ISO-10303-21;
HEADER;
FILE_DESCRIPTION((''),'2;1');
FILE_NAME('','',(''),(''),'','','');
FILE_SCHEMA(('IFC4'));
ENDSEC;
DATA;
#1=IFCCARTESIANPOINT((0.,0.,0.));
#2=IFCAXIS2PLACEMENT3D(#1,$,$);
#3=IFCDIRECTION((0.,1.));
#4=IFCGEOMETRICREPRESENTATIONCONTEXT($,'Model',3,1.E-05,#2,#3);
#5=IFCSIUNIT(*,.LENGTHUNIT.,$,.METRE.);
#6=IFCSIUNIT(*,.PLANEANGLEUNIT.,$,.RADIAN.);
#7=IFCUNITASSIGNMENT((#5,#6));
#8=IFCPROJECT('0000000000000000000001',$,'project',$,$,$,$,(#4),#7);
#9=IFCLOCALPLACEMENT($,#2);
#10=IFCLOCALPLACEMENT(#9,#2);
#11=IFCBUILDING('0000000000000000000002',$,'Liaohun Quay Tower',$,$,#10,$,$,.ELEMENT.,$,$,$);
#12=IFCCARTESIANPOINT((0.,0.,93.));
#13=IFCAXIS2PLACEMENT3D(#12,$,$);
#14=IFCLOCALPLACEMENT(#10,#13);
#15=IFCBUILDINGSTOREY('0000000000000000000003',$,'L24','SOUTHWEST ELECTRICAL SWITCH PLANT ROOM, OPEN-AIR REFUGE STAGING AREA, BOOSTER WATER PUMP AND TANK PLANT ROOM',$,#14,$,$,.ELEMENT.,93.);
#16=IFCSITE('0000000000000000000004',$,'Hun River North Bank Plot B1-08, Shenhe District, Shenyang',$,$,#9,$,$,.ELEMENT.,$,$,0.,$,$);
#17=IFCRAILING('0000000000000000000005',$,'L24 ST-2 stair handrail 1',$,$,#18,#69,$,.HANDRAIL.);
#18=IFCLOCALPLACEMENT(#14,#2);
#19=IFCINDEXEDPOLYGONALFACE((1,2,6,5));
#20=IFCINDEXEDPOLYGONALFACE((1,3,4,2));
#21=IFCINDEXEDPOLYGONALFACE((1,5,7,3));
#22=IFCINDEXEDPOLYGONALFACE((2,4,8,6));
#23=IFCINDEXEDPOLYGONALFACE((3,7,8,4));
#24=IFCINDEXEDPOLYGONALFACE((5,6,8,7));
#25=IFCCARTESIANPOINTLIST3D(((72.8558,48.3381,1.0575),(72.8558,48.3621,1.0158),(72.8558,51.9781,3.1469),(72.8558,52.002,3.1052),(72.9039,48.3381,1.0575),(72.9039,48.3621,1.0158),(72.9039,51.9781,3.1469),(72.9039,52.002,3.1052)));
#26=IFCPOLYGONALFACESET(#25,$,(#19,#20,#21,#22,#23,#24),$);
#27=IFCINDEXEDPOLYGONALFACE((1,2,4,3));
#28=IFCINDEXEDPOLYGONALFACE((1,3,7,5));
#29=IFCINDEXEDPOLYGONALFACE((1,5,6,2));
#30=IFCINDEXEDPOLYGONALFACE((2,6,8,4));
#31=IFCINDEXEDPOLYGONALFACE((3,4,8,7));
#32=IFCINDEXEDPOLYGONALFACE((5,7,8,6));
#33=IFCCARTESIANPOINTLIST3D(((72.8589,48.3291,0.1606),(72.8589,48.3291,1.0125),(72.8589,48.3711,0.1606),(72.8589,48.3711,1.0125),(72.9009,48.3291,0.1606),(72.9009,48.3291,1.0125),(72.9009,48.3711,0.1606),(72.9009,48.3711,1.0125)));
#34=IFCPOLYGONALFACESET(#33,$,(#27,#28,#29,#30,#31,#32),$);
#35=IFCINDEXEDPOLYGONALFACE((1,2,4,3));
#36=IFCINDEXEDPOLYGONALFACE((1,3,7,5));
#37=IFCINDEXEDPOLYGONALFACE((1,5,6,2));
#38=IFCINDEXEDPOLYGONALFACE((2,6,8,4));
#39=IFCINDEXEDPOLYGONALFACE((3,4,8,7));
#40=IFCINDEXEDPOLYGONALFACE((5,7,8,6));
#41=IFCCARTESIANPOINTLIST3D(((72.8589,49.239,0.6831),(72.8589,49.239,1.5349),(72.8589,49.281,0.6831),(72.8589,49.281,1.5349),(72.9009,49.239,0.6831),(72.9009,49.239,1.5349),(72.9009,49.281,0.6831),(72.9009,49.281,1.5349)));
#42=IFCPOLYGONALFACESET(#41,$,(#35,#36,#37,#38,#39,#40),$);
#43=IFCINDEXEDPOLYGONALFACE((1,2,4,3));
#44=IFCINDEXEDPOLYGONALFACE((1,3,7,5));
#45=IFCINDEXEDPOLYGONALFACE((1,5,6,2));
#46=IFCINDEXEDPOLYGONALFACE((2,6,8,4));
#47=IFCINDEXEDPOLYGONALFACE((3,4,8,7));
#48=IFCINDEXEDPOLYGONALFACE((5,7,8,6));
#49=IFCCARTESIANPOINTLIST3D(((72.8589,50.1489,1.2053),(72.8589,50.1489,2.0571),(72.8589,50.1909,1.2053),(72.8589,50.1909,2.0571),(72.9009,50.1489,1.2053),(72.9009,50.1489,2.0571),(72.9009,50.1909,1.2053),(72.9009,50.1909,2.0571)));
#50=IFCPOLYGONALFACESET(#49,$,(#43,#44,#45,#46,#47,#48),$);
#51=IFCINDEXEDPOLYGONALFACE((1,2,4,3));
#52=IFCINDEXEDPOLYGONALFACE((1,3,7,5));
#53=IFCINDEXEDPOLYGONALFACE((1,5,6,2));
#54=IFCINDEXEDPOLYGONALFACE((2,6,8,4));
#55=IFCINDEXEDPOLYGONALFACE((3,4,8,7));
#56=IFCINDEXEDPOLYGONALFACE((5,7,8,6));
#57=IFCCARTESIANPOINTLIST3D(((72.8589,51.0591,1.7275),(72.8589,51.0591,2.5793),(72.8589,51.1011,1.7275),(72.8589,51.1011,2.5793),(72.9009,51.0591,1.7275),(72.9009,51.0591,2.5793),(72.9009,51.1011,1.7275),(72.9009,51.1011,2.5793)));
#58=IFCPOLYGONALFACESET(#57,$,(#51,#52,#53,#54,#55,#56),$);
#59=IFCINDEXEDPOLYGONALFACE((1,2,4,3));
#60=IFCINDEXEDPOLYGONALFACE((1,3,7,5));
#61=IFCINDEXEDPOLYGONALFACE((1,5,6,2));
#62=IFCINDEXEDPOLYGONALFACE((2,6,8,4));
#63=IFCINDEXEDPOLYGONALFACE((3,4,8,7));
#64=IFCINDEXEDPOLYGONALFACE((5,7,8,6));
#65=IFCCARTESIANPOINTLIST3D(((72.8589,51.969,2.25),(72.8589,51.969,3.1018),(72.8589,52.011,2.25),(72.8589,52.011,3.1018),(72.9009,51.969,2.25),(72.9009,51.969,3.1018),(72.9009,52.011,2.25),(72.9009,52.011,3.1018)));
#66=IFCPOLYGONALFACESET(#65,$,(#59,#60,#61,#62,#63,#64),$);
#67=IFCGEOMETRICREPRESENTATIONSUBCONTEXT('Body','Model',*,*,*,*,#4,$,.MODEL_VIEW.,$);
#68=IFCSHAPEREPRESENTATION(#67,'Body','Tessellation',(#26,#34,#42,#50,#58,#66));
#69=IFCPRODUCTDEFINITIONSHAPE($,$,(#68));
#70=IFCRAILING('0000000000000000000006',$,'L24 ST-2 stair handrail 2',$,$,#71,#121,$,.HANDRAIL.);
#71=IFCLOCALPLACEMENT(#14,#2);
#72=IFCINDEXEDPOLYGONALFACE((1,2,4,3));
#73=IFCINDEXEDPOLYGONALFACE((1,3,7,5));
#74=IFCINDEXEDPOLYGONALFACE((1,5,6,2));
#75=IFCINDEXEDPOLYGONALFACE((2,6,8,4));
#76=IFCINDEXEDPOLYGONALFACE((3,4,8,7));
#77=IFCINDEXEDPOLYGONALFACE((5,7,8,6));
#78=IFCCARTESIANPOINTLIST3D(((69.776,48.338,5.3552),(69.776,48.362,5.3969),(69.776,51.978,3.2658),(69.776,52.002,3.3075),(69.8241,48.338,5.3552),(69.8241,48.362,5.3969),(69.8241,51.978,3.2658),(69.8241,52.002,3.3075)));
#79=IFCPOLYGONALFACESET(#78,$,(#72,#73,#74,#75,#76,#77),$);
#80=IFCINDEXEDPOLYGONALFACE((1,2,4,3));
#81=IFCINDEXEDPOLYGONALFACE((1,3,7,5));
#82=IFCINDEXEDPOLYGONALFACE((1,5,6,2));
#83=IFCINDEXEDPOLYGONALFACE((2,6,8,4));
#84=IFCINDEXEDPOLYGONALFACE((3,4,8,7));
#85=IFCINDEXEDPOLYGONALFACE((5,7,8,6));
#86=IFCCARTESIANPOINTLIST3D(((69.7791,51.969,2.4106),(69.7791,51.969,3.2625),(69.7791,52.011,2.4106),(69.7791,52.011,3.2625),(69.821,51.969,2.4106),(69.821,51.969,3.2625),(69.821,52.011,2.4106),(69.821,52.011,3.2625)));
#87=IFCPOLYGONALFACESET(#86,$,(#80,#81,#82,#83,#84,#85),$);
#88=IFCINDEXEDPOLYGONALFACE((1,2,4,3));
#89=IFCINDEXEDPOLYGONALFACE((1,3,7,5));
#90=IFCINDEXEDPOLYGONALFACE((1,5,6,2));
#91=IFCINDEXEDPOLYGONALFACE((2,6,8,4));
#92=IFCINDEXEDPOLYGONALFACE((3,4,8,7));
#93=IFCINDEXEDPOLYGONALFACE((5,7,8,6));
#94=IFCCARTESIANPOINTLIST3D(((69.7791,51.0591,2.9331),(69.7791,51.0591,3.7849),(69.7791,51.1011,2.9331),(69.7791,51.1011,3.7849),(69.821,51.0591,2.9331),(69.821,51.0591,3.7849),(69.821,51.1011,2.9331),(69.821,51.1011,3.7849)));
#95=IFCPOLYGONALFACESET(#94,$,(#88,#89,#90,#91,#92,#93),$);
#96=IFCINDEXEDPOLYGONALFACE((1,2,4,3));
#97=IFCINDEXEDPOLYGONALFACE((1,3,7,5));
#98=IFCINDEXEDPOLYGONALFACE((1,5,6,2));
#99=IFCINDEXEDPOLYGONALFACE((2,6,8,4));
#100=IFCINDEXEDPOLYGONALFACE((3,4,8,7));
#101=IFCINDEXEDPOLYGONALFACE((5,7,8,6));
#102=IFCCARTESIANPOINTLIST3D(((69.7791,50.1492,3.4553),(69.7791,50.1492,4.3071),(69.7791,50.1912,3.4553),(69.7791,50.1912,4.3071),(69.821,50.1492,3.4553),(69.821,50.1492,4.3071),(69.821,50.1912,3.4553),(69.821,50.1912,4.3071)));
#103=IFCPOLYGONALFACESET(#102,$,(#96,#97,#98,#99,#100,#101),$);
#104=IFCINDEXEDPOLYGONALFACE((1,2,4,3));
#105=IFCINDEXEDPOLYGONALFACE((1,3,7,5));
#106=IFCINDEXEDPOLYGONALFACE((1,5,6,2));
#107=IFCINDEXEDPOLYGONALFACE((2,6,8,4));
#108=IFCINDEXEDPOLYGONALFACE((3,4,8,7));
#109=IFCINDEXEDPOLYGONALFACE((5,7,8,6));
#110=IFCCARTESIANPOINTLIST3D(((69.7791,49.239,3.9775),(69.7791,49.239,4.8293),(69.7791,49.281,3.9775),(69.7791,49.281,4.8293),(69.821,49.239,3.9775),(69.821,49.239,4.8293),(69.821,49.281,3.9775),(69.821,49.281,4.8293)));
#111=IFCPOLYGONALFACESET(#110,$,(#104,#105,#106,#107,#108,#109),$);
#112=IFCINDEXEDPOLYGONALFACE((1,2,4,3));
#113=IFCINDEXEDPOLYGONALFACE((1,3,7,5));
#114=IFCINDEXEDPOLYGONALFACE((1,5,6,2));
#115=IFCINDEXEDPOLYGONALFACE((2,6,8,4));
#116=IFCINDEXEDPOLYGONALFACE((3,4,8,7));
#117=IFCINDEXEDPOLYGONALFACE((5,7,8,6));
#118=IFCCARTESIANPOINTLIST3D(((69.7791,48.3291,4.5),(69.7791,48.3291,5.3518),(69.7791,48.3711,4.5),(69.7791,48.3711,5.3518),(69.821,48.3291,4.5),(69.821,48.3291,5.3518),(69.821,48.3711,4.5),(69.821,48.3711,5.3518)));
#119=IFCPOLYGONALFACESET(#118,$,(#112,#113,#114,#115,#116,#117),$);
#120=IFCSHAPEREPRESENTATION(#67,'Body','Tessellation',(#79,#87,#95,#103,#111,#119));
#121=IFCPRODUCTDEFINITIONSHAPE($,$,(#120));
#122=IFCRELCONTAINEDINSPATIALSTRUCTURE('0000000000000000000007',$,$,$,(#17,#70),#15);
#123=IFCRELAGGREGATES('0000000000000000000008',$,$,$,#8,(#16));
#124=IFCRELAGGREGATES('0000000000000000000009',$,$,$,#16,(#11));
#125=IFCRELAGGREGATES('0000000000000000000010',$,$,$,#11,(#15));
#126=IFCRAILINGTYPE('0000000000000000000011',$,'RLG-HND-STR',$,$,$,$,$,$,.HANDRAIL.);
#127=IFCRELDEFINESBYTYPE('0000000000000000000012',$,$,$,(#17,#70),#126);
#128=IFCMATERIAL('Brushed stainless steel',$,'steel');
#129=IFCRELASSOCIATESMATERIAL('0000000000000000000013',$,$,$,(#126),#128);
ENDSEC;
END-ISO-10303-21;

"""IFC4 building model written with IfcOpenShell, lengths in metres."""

from ifc_helpers import new_model, si_unit, direction, frame, origin, origin_2d, place, context, subcontext, project, spatial, rectangle, extrude, material, type_object, element, save


model = new_model("IFC4")

# Units and contexts
model_context = context("Model", 3, precision=1e-05, world=origin(), true_north=direction((0.0, 1.0)))
body_context = subcontext(model_context, "Body", "Model", "MODEL_VIEW")
ifc_project = project(units=[si_unit("LENGTHUNIT", "METRE"), si_unit("PLANEANGLEUNIT", "RADIAN")], contexts=[model_context])

# Site, building, storey
site_placement = place(None, origin())
site = spatial("IfcSite", under=ifc_project, at=site_placement, Name="Hun River North Bank Plot B1-08, Shenhe District, Shenyang", CompositionType="ELEMENT", RefElevation=0.0)
building_placement = place(site_placement, origin())
building = spatial("IfcBuilding", under=site, at=building_placement, Name="Liaohun Quay Tower", CompositionType="ELEMENT")
storey_placement = place(building_placement, frame((0.0, 0.0, 93.0)))
storey = spatial("IfcBuildingStorey", under=building, at=storey_placement, Name="L24", Description="SOUTHWEST ELECTRICAL SWITCH PLANT ROOM, OPEN-AIR REFUGE STAGING AREA, BOOSTER WATER PUMP AND TANK PLANT ROOM", CompositionType="ELEMENT", Elevation=93.0)

# Railings
ifc_material_1 = material(Name="Brushed stainless steel", Category="steel")
railing_type_1 = type_object("IfcRailingType", Name="RLG-HND-STR", PredefinedType="HANDRAIL", material=ifc_material_1)
railing_1_placement = place(storey_placement, frame((72.8799, 48.3501, 0.1606)))
element("IfcRailing", 1, at=railing_1_placement, inside=storey, type_object=railing_type_1, Name="L24 ST-2 stair handrail 1", PredefinedType="HANDRAIL", context=body_context, shape_type="SweptSolid", body=[
    extrude(rectangle(XDim=0.0481, YDim=0.0481, at=origin_2d()), frame((0.0, 0.0, 0.876), z_axis=(0.0, 0.867275, 0.497829), x_axis=(-1.0, 0.0, 0.0)), (0.0, 0.0, 1.0), 4.197),
    extrude(rectangle(XDim=0.042, YDim=0.042, at=origin_2d()), origin(), (0.0, 0.0, 1.0), 0.8518),
    extrude(rectangle(XDim=0.042, YDim=0.042, at=origin_2d()), frame((0.0, 0.9099, 0.5225)), (0.0, 0.0, 1.0), 0.8518),
    extrude(rectangle(XDim=0.042, YDim=0.042, at=origin_2d()), frame((0.0, 1.8198, 1.0447)), (0.0, 0.0, 1.0), 0.8518),
    extrude(rectangle(XDim=0.042, YDim=0.042, at=origin_2d()), frame((0.0, 2.73, 1.5669)), (0.0, 0.0, 1.0), 0.8518),
    extrude(rectangle(XDim=0.042, YDim=0.042, at=origin_2d()), frame((0.0, 3.6399, 2.0894)), (0.0, 0.0, 1.0), 0.8518),
])
railing_2_placement = place(storey_placement, frame((69.8, 51.99, 2.4106)))
element("IfcRailing", 2, at=railing_2_placement, inside=storey, type_object=railing_type_1, Name="L24 ST-2 stair handrail 2", PredefinedType="HANDRAIL", context=body_context, shape_type="SweptSolid", body=[
    extrude(rectangle(XDim=0.0481, YDim=0.0481, at=origin_2d()), frame((0.0, 0.0, 0.876), z_axis=(0.0, -0.867275, 0.497829), x_axis=(1.0, 0.0, 0.0)), (0.0, 0.0, 1.0), 4.197),
    extrude(rectangle(XDim=0.042, YDim=0.042, at=origin_2d()), origin(), (0.0, 0.0, 1.0), 0.8518),
    extrude(rectangle(XDim=0.042, YDim=0.042, at=origin_2d()), frame((0.0, -0.9099, 0.5225)), (0.0, 0.0, 1.0), 0.8518),
    extrude(rectangle(XDim=0.042, YDim=0.042, at=origin_2d()), frame((0.0, -1.8198, 1.0447)), (0.0, 0.0, 1.0), 0.8518),
    extrude(rectangle(XDim=0.042, YDim=0.042, at=origin_2d()), frame((0.0, -2.73, 1.5669)), (0.0, 0.0, 1.0), 0.8518),
    extrude(rectangle(XDim=0.042, YDim=0.042, at=origin_2d()), frame((0.0, -3.6399, 2.0894)), (0.0, 0.0, 1.0), 0.8518),
])

save(model, "model.ifc")
